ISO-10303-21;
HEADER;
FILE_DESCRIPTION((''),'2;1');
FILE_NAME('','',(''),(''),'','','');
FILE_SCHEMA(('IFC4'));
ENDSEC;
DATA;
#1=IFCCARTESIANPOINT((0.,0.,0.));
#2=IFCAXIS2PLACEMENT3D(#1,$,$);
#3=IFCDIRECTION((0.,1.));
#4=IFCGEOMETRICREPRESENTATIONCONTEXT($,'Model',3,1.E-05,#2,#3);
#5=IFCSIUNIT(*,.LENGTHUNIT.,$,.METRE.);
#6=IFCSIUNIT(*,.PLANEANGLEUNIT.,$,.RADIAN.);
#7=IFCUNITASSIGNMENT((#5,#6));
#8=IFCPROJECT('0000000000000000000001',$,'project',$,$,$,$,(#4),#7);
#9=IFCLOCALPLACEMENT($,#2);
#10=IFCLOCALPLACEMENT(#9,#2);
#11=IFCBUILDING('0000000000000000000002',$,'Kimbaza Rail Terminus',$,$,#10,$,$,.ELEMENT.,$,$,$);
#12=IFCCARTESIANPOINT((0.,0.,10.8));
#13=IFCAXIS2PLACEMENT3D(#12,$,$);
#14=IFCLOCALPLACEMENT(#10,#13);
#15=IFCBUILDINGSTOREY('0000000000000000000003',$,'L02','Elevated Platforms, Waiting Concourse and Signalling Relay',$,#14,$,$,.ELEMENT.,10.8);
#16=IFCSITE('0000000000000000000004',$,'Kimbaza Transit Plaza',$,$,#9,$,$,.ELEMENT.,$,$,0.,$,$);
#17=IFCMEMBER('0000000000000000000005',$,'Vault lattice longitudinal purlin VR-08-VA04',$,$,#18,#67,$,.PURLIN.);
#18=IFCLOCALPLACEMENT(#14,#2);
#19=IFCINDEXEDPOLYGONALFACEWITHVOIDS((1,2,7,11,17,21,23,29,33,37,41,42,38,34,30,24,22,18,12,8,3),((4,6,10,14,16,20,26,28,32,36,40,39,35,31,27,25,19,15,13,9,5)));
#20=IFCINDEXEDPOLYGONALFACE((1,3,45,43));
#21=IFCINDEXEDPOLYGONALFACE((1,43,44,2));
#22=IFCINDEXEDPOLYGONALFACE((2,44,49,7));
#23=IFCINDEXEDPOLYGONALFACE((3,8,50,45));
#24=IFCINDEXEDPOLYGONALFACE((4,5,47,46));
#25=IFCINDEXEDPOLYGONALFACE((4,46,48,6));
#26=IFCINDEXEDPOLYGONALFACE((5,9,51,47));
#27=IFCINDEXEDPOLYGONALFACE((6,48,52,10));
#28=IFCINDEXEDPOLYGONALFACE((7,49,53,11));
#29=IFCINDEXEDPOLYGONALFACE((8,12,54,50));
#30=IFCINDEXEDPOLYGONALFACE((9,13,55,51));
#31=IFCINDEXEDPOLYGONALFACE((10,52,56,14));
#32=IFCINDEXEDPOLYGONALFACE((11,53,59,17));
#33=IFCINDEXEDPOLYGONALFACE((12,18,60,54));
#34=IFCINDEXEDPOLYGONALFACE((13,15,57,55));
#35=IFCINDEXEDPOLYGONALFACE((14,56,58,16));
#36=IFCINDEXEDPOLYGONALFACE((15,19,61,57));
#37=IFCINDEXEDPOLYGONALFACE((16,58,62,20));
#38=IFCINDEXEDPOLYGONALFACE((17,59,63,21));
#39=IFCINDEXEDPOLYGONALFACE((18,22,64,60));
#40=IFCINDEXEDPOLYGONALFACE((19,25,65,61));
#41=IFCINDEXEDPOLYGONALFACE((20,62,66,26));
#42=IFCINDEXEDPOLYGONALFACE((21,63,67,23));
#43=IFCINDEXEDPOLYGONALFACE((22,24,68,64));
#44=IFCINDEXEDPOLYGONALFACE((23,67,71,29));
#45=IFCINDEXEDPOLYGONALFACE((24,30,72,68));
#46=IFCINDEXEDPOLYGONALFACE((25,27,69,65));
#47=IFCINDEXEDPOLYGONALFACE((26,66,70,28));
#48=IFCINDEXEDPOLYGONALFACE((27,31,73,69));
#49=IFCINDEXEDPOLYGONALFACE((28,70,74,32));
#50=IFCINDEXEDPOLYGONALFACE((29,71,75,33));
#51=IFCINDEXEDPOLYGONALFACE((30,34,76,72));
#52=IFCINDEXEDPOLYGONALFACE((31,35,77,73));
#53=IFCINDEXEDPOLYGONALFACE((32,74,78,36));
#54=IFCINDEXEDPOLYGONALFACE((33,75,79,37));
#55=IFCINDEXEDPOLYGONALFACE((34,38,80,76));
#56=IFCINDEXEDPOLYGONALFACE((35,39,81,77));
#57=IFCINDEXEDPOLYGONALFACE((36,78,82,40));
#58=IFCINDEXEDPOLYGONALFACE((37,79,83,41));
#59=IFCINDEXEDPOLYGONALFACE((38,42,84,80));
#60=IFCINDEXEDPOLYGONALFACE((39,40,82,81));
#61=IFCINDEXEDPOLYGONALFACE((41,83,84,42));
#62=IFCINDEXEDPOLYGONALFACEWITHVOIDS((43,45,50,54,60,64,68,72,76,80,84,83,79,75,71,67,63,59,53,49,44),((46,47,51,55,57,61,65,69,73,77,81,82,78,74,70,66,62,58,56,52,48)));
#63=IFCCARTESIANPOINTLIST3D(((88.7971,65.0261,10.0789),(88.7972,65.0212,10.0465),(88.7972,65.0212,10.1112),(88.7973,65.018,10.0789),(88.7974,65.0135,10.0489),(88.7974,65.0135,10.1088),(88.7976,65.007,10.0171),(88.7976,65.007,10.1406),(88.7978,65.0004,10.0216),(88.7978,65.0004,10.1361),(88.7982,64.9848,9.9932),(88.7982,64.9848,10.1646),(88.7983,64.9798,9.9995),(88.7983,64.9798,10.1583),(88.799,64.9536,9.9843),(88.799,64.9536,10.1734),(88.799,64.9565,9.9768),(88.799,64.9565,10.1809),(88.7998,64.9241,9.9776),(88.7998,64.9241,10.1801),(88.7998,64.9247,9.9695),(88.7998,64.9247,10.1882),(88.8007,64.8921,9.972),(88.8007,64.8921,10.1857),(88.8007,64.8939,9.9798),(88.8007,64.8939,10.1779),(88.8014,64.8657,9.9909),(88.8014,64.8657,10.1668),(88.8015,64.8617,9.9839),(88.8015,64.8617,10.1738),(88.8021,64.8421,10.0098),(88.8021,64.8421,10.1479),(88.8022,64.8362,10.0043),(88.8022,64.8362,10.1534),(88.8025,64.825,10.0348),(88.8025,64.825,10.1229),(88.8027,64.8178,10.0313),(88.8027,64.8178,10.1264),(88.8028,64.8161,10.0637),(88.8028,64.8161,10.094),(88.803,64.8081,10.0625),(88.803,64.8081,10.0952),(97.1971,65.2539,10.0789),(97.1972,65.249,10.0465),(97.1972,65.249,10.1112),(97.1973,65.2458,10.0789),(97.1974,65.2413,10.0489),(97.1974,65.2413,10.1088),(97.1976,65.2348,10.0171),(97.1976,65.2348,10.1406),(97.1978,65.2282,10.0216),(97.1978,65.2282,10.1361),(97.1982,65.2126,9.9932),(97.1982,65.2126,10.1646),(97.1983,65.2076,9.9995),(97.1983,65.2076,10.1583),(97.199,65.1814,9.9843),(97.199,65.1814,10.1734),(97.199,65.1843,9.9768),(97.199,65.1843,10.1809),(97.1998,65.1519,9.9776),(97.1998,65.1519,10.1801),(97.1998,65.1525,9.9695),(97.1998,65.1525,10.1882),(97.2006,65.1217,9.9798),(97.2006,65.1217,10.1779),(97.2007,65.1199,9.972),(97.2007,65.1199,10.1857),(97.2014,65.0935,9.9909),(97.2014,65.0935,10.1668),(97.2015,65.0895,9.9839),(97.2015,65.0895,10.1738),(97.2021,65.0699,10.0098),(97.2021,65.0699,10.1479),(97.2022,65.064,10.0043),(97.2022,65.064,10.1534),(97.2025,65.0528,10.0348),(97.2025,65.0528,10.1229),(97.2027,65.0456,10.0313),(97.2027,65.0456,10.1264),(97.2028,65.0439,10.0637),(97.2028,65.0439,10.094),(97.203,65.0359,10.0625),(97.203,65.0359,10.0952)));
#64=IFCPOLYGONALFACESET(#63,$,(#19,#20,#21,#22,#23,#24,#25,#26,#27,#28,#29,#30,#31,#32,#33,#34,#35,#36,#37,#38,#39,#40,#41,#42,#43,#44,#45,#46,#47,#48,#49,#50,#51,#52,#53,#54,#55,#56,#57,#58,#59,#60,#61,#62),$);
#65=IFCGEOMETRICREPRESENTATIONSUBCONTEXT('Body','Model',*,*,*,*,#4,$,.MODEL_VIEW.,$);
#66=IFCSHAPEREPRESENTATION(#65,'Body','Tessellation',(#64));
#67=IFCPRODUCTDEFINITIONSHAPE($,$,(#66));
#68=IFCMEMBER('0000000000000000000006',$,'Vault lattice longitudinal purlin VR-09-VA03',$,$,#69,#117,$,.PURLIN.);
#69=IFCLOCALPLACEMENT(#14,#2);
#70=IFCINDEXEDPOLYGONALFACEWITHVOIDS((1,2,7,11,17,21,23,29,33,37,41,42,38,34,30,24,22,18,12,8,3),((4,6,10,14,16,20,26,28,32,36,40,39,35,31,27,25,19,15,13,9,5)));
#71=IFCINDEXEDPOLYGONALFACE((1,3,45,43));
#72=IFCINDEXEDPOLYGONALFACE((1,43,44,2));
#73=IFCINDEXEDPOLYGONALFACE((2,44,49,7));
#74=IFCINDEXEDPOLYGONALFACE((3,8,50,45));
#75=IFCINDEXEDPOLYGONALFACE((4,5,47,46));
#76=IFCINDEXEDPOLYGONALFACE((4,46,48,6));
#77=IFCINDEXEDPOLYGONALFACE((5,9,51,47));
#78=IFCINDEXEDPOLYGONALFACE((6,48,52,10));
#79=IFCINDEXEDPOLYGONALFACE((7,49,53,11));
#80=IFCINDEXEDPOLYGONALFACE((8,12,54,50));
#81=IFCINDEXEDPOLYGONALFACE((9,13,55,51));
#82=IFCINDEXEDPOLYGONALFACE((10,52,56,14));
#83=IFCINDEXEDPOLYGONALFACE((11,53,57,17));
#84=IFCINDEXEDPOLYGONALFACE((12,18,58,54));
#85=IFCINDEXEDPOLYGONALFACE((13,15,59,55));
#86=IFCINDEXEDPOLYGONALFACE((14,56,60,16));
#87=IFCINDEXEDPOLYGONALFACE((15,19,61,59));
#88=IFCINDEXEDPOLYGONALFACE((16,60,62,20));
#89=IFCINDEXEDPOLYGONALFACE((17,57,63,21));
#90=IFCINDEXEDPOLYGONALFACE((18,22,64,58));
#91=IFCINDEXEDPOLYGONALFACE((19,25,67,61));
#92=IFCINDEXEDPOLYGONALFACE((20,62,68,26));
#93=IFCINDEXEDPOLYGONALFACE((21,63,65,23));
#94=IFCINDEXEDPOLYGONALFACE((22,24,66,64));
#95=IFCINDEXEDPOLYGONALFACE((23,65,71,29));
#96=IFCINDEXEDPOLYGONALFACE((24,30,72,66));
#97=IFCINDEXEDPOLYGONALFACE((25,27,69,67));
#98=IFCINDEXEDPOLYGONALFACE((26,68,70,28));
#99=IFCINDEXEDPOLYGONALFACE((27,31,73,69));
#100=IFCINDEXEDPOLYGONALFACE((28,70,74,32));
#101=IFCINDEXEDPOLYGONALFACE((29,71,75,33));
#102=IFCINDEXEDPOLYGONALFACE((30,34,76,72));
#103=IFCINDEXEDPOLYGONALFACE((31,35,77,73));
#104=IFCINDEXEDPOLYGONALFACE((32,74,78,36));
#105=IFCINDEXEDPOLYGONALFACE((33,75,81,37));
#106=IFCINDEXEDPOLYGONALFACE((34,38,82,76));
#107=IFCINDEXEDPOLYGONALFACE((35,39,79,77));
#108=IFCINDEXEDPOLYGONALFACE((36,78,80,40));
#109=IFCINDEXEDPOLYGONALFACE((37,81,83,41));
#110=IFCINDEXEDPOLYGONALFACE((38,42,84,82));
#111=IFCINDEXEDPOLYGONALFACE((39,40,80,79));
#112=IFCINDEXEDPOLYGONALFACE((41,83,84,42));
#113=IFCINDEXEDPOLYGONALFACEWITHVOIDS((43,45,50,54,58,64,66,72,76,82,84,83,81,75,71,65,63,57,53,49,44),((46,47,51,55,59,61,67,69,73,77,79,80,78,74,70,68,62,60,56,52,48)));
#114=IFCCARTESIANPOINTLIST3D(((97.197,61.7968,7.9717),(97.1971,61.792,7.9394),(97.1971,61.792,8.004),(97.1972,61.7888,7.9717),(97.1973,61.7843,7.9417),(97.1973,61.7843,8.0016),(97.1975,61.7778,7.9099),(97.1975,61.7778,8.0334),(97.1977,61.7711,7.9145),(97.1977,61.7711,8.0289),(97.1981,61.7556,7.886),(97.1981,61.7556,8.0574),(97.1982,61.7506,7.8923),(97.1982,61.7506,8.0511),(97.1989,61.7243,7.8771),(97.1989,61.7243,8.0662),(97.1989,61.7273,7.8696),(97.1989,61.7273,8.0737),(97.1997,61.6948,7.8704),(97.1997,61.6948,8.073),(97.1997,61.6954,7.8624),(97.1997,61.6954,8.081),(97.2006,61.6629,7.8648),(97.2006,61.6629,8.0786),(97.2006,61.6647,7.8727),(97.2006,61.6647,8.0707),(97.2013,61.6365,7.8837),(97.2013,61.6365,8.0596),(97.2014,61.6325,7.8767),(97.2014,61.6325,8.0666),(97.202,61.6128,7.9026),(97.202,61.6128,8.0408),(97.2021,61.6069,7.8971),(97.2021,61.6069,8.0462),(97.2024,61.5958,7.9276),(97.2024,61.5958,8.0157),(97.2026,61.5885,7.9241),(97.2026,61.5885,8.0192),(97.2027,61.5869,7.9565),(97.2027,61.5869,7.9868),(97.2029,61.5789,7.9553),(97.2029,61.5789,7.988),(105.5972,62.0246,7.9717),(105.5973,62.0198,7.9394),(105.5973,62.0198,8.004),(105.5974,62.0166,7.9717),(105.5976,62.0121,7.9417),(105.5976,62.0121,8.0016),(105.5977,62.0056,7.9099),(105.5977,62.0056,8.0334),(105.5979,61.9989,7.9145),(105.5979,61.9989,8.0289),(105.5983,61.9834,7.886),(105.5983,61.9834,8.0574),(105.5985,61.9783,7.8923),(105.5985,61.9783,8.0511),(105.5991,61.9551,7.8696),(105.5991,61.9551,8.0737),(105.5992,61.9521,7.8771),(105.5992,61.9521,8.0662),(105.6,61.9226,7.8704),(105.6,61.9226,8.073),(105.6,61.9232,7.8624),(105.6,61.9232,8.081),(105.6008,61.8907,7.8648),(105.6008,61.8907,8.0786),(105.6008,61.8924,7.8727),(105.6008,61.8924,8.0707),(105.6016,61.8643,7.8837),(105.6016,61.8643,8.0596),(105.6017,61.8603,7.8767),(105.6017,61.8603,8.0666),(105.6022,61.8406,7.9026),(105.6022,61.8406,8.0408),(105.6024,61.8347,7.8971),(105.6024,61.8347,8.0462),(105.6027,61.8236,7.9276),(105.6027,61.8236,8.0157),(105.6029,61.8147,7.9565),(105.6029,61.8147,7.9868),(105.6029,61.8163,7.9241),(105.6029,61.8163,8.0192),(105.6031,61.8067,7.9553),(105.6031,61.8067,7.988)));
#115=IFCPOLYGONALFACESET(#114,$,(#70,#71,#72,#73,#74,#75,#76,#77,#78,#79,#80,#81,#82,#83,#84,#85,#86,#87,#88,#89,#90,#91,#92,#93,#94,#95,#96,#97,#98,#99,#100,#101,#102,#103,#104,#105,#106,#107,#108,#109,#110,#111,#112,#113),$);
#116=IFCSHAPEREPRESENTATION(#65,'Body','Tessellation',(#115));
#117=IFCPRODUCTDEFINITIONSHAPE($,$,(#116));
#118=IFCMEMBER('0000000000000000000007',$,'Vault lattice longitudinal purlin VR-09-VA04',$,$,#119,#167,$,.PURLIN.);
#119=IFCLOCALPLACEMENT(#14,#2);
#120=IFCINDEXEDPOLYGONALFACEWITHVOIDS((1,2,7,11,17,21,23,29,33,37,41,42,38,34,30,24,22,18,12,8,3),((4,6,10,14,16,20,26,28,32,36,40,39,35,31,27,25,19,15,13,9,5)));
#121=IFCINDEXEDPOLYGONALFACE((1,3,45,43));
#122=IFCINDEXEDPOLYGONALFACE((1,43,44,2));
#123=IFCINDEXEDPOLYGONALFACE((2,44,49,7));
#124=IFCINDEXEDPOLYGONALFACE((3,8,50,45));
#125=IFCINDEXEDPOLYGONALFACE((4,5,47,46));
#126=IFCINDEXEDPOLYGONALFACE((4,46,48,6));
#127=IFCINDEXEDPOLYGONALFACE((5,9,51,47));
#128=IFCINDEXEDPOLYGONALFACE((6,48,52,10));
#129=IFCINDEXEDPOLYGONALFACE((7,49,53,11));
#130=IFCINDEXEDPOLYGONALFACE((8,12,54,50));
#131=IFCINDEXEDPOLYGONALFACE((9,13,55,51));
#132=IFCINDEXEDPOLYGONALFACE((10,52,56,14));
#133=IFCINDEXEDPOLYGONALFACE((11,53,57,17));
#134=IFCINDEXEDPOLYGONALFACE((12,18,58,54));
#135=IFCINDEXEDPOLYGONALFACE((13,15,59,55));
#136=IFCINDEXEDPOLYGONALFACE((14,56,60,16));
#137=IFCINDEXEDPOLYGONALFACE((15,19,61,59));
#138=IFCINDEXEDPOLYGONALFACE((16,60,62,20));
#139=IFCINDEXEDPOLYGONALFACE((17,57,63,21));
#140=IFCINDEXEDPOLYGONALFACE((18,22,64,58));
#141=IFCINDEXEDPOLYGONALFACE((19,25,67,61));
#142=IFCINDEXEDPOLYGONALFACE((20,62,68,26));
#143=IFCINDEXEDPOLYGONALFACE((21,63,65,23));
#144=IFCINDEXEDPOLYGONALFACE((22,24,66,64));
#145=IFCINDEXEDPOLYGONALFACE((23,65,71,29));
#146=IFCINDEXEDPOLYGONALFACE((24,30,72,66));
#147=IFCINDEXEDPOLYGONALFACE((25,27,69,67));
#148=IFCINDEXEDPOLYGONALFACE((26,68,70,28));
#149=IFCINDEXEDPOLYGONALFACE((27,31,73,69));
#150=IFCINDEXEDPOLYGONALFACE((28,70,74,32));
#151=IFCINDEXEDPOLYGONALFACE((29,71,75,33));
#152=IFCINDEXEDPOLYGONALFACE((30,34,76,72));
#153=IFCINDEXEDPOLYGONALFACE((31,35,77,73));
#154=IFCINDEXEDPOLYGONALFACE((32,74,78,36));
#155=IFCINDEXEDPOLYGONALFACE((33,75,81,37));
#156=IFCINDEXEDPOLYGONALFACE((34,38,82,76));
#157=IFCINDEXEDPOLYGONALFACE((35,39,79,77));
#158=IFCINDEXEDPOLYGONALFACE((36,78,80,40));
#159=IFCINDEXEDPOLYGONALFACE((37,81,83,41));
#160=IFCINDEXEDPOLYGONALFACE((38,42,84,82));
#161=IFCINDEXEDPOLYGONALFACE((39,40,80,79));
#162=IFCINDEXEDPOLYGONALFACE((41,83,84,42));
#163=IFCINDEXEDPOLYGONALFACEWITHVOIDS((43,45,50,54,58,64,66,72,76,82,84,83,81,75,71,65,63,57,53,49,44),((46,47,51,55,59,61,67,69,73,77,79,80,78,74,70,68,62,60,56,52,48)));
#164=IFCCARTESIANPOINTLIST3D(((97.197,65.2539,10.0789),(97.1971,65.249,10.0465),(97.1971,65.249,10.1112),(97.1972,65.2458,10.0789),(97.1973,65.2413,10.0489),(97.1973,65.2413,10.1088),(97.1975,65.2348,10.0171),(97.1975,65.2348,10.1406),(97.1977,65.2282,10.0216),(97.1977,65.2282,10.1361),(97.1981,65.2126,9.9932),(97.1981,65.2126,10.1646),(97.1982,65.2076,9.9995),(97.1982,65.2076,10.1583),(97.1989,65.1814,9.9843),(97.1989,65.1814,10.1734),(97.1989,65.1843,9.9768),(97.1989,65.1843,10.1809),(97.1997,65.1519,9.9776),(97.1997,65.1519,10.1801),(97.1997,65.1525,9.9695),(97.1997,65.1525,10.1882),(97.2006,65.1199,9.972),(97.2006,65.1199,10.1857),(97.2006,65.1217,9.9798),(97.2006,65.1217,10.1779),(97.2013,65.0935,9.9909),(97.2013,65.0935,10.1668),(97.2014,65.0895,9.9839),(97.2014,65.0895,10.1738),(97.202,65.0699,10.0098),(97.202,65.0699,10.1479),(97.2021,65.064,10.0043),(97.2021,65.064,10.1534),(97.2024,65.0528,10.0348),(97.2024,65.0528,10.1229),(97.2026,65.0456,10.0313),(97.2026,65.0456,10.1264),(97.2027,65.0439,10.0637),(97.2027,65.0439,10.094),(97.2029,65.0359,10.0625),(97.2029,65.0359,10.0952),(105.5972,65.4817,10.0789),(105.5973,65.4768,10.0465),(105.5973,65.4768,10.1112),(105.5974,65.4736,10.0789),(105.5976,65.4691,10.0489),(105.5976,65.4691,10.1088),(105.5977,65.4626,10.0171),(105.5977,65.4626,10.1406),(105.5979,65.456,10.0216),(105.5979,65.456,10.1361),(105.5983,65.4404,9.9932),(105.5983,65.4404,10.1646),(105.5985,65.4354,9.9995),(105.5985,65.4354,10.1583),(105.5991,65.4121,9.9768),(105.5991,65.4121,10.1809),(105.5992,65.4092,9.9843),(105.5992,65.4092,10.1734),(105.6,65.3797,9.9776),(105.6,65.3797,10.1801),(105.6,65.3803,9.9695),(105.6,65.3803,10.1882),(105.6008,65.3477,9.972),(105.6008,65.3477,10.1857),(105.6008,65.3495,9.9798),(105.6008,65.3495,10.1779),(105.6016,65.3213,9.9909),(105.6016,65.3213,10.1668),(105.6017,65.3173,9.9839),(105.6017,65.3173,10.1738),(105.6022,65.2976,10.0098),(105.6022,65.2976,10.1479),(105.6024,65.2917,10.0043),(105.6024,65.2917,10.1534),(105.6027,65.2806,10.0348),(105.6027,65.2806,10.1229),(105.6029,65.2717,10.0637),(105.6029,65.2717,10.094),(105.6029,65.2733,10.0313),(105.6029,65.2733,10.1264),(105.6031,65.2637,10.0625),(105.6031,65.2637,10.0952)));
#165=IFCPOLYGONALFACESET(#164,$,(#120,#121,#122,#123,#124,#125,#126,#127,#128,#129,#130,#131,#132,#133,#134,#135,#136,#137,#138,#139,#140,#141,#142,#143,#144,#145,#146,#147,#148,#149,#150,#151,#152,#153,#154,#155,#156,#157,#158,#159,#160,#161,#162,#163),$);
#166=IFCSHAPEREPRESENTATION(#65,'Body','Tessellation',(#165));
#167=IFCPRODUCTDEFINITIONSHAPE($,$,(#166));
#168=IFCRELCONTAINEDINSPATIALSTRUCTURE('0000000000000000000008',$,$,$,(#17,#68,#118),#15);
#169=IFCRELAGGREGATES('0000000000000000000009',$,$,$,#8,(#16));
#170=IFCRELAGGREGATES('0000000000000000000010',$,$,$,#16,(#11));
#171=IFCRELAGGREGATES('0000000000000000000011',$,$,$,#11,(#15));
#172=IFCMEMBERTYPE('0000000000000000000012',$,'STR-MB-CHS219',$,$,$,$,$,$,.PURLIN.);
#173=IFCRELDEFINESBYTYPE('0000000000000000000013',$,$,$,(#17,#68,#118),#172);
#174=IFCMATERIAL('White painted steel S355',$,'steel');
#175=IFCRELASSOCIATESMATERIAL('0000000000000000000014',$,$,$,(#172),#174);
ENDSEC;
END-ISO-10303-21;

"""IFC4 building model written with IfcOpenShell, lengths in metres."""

from ifc_helpers import new_model, si_unit, direction, frame, origin, origin_2d, place, context, subcontext, project, spatial, hollow_circle, extrude, material, material_profile, profile_set, type_object, element, save


model = new_model("IFC4")

# Units and contexts
model_context = context("Model", 3, precision=1e-05, world=origin(), true_north=direction((0.0, 1.0)))
body_context = subcontext(model_context, "Body", "Model", "MODEL_VIEW")
ifc_project = project(units=[si_unit("LENGTHUNIT", "METRE"), si_unit("PLANEANGLEUNIT", "RADIAN")], contexts=[model_context])

# Site, building, storey
site_placement = place(None, origin())
site = spatial("IfcSite", under=ifc_project, at=site_placement, Name="Kimbaza Transit Plaza", CompositionType="ELEMENT", RefElevation=0.0)
building_placement = place(site_placement, origin())
building = spatial("IfcBuilding", under=site, at=building_placement, Name="Kimbaza Rail Terminus", CompositionType="ELEMENT")
storey_placement = place(building_placement, frame((0.0, 0.0, 10.8)))
storey = spatial("IfcBuildingStorey", under=building, at=storey_placement, Name="L02", Description="Elevated Platforms, Waiting Concourse and Signalling Relay", CompositionType="ELEMENT", Elevation=10.8)

# Members
ifc_material_1 = material(Name="White painted steel S355", Category="steel")
ifc_material_profile_1 = material_profile(ifc_material_1, hollow_circle(Radius=0.1096, WallThickness=0.0081, at=origin_2d()), Name="CHS 219.1x8")
ifc_profile_set_1 = profile_set([ifc_material_profile_1], Name="White painted steel S355")
member_type_1 = type_object("IfcMemberType", Name="STR-MB-CHS219", PredefinedType="PURLIN", material=ifc_profile_set_1)
for number, where, z_axis, x_axis, name in (
    (1, (88.8, 64.9165, 10.0789), (0.999633, 0.027107, 0.0), (-0.027107, 0.999633, 0.0), "Vault lattice longitudinal purlin VR-08-VA04"),
):
    element("IfcMember", number, at=place(storey_placement, frame(where, z_axis=z_axis, x_axis=x_axis)), inside=storey, type_object=member_type_1, Name=name, PredefinedType="PURLIN", context=body_context, shape_type="SweptSolid", body=[
        extrude(hollow_circle(Radius=0.1096, WallThickness=0.0081, at=origin_2d()), origin(), (0.0, 0.0, 1.0), 8.4031),
    ])
for number, where, z_axis, x_axis, name in (
    (2, (97.2, 61.6873, 7.9717), (0.999633, 0.027107, 0.0), (-0.027107, 0.999633, 0.0), "Vault lattice longitudinal purlin VR-09-VA03"),
    (3, (97.2, 65.1443, 10.0789), (0.999633, 0.027107, 0.0), (-0.027107, 0.999633, 0.0), "Vault lattice longitudinal purlin VR-09-VA04"),
):
    element("IfcMember", number, at=place(storey_placement, frame(where, z_axis=z_axis, x_axis=x_axis)), inside=storey, type_object=member_type_1, Name=name, PredefinedType="PURLIN", context=body_context, shape_type="SweptSolid", body=[
        extrude(hollow_circle(Radius=0.1096, WallThickness=0.0081, at=origin_2d()), origin(), (0.0, 0.0, 1.0), 8.4033),
    ])

save(model, "model.ifc")
